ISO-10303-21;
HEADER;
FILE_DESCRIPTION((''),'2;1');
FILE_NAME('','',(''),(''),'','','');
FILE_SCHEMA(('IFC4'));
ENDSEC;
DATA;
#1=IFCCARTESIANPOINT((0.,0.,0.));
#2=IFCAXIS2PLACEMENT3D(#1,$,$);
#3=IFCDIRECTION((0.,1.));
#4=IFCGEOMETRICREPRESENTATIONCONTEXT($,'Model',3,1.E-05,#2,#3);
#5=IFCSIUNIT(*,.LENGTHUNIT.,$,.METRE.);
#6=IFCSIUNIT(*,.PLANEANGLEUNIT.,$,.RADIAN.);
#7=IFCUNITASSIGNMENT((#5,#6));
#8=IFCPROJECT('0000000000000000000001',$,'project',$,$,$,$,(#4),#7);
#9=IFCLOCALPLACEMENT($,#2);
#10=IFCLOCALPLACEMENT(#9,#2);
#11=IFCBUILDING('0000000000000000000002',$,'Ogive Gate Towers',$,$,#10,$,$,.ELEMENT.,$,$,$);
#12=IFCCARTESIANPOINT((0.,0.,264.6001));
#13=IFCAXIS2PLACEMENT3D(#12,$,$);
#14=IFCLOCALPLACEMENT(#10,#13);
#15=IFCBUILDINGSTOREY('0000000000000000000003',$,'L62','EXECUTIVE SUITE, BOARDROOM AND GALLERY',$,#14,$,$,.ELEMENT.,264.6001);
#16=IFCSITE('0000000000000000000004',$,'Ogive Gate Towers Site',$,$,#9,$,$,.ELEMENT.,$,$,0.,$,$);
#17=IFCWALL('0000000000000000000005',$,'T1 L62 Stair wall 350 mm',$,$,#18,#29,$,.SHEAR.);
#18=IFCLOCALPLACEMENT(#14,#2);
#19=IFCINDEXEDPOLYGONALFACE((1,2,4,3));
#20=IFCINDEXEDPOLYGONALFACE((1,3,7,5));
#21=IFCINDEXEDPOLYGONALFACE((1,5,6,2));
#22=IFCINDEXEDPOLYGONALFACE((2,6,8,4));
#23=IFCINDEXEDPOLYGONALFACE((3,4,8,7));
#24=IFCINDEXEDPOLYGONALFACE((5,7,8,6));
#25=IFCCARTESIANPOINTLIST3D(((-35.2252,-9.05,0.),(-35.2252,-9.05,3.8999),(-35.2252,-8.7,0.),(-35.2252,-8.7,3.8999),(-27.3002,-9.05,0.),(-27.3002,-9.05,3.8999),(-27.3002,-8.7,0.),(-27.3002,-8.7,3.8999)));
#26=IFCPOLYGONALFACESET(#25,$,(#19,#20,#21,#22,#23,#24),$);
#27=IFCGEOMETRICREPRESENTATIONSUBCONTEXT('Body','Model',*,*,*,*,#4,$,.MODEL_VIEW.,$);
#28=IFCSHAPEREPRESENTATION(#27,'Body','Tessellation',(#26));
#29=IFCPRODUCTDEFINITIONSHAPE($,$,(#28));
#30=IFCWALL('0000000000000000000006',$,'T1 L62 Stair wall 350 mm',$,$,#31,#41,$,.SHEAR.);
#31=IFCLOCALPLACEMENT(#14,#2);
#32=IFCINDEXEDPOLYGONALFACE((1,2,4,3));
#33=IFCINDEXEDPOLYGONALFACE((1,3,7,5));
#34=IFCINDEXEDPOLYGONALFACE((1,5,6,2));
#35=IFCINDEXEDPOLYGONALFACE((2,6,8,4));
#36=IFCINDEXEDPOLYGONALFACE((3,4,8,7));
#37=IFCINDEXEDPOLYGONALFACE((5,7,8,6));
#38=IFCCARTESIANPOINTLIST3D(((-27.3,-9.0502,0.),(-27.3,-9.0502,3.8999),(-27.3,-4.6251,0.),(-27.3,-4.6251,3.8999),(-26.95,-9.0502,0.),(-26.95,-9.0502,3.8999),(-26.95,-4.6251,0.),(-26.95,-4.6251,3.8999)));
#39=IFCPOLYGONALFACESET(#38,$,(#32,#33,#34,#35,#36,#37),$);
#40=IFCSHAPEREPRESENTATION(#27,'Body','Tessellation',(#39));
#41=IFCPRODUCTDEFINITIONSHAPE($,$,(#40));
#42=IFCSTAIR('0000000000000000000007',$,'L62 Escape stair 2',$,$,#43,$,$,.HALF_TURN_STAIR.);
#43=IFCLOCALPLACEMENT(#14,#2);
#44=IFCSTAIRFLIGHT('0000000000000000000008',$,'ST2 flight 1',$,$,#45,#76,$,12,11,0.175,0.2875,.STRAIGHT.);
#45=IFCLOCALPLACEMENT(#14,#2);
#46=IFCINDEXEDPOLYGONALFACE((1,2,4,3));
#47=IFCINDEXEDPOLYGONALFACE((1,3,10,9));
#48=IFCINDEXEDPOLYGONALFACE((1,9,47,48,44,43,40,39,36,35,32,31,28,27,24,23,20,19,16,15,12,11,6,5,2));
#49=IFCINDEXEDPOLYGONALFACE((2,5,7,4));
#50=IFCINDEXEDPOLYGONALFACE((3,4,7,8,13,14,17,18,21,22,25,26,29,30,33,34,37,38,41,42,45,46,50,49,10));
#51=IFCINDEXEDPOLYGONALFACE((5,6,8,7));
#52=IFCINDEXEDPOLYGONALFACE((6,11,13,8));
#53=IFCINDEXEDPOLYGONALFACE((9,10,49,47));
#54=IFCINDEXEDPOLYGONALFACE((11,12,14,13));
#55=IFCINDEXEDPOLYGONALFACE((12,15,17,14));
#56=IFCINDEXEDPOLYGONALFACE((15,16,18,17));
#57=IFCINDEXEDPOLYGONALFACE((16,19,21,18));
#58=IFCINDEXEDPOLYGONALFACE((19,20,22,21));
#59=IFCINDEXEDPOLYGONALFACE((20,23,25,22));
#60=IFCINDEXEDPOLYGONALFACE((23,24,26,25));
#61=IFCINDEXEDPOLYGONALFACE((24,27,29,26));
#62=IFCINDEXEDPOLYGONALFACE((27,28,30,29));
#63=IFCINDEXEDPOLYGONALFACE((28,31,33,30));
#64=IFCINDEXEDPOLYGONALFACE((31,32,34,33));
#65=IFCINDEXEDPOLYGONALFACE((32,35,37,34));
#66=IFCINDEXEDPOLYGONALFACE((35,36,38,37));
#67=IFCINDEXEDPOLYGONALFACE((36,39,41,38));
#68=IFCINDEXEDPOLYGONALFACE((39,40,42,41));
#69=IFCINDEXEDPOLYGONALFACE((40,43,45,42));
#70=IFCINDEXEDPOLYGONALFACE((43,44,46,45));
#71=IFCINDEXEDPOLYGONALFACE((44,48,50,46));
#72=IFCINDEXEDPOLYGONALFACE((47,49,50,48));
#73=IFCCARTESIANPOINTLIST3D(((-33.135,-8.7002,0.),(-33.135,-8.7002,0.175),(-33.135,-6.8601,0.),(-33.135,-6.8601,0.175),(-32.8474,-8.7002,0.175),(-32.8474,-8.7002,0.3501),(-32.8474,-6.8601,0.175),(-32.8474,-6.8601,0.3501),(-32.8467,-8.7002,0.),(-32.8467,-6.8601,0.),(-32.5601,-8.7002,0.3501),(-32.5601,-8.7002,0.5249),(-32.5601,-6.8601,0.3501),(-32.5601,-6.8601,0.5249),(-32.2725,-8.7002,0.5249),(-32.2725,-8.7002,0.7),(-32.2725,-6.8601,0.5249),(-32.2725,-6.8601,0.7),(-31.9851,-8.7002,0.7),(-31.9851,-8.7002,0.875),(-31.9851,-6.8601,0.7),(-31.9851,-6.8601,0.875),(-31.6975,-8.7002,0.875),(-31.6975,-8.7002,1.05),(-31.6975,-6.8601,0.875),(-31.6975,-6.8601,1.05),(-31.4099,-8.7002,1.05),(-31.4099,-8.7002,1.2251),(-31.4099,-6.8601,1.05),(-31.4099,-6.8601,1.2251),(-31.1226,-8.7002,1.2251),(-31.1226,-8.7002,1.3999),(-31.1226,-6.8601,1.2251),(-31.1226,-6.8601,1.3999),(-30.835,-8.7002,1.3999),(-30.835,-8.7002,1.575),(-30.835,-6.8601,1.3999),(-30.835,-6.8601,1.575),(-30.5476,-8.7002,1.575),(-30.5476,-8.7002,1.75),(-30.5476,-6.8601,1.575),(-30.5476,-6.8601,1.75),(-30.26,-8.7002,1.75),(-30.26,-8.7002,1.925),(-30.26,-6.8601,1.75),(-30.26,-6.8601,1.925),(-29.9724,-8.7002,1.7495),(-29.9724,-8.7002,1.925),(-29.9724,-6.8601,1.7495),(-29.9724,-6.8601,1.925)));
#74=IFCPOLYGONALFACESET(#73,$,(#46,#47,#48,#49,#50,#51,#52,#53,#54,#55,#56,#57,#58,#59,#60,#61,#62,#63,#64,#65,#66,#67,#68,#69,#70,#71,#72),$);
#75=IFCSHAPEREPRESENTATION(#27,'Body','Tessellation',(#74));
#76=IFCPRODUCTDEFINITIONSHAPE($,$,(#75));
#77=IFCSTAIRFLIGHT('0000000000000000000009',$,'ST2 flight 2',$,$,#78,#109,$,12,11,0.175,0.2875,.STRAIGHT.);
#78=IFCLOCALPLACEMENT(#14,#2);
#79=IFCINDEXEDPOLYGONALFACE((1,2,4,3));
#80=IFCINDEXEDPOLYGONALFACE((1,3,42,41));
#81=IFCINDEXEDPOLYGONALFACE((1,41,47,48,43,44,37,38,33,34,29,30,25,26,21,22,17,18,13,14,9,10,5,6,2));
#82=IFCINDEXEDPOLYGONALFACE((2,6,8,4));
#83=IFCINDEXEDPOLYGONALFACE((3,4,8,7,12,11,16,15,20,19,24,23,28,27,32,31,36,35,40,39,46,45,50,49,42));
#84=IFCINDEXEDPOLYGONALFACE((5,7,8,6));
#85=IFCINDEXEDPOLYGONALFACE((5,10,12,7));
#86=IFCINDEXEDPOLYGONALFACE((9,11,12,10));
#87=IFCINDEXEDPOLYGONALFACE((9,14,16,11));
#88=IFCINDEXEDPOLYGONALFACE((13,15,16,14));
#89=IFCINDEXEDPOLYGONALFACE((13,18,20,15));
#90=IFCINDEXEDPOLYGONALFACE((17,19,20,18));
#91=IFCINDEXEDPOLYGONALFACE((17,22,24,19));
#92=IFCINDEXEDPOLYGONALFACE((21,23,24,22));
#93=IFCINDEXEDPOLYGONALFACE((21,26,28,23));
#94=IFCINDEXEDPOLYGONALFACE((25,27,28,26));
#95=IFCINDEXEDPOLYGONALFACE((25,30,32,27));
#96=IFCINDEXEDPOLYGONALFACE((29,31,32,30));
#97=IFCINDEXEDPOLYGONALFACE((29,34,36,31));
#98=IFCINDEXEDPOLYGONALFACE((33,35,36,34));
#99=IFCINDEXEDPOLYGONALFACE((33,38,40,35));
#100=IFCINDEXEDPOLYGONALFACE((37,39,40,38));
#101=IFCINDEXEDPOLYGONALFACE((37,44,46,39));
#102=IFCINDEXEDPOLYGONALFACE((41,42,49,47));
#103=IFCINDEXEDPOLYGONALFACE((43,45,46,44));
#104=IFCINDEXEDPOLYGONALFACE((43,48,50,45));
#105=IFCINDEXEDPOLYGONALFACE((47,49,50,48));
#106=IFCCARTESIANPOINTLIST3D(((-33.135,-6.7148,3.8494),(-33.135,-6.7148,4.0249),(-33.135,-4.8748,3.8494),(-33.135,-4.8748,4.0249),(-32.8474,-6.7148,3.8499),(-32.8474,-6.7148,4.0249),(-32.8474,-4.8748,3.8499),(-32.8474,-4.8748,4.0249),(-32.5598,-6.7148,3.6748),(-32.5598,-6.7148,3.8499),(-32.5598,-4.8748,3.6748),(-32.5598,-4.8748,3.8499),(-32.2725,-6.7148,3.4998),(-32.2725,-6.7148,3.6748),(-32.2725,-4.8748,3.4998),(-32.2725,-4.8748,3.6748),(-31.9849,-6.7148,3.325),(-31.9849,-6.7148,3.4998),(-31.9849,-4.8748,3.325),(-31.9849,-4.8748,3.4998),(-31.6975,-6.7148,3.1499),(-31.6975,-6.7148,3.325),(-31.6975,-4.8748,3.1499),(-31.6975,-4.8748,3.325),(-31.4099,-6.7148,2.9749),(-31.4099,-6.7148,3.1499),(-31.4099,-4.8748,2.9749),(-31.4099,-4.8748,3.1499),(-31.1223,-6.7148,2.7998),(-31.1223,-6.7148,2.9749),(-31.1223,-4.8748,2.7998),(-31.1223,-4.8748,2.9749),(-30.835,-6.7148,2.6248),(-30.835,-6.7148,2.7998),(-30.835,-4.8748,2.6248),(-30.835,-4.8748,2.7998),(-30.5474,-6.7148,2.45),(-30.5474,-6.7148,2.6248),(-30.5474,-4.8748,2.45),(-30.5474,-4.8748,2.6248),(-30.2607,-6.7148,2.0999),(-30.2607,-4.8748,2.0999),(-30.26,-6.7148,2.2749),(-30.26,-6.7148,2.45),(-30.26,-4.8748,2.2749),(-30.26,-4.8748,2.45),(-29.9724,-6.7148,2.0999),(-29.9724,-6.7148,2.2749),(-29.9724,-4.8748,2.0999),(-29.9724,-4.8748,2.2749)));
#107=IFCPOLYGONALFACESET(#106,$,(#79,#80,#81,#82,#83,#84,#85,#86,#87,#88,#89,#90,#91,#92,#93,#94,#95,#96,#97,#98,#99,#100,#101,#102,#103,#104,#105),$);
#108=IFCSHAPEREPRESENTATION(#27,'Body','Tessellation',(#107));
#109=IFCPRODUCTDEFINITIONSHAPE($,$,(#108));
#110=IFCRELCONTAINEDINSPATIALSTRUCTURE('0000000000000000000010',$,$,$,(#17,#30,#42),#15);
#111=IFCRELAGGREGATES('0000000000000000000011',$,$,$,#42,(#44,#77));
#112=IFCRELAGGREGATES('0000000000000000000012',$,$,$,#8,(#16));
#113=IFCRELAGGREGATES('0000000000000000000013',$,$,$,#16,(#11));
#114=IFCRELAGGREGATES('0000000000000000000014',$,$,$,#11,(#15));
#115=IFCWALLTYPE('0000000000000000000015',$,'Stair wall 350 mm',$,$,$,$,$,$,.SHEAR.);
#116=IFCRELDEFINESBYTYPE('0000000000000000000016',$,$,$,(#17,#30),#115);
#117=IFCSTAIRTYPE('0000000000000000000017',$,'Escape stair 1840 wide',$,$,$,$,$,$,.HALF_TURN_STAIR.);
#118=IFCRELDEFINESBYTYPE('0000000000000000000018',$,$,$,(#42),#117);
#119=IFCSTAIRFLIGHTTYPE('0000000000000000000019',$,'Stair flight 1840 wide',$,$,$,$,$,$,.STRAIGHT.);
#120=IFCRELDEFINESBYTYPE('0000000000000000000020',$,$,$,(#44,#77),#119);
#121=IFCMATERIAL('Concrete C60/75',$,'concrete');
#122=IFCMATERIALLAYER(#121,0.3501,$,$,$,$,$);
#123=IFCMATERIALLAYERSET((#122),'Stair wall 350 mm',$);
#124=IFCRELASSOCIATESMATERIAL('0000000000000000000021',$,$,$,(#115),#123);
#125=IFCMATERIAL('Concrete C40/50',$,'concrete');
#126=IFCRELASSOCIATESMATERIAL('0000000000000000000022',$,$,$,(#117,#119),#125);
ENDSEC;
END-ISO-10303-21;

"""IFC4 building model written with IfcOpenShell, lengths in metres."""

from ifc_helpers import new_model, si_unit, direction, frame, frame_2d, origin, place, context, subcontext, project, spatial, polyline, rectangle, outline, extrude, material, layer, layer_set, type_object, element, aggregate, save


model = new_model("IFC4")

# Units and contexts
model_context = context("Model", 3, precision=1e-05, world=origin(), true_north=direction((0.0, 1.0)))
body_context = subcontext(model_context, "Body", "Model", "MODEL_VIEW")
ifc_project = project(units=[si_unit("LENGTHUNIT", "METRE"), si_unit("PLANEANGLEUNIT", "RADIAN")], contexts=[model_context])

# Site, building, storey
site_placement = place(None, origin())
site = spatial("IfcSite", under=ifc_project, at=site_placement, Name="Ogive Gate Towers Site", CompositionType="ELEMENT", RefElevation=0.0)
building_placement = place(site_placement, origin())
building = spatial("IfcBuilding", under=site, at=building_placement, Name="Ogive Gate Towers", CompositionType="ELEMENT")
storey_placement = place(building_placement, frame((0.0, 0.0, 264.6001)))
storey = spatial("IfcBuildingStorey", under=building, at=storey_placement, Name="L62", Description="EXECUTIVE SUITE, BOARDROOM AND GALLERY", CompositionType="ELEMENT", Elevation=264.6001)

# Shared definitions
ifc_material_1 = material(Name="Concrete C60/75", Category="concrete")

# Walls
ifc_layer_1 = layer(ifc_material_1, 0.3501)
ifc_layer_set_1 = layer_set([ifc_layer_1], Name="Stair wall 350 mm")
wall_type_1 = type_object("IfcWallType", Name="Stair wall 350 mm", PredefinedType="SHEAR", material=ifc_layer_set_1)
wall_1_placement = place(storey_placement, frame((-35.2251, -8.875, 0.0), z_axis=(0.0, 0.0, 1.0), x_axis=(1.0, 0.0, 0.0)))
element("IfcWall", 1, at=wall_1_placement, inside=storey, type_object=wall_type_1, Name="T1 L62 Stair wall 350 mm", PredefinedType="SHEAR", context=body_context, shape_type="SweptSolid", body=[
    extrude(rectangle(XDim=7.925, YDim=0.3501, at=frame_2d((3.9624, 0.0))), origin(), (0.0, 0.0, 1.0), 3.8999),
])
wall_2_placement = place(storey_placement, frame((-27.125, -9.05, 0.0), z_axis=(0.0, 0.0, 1.0), x_axis=(0.0, 1.0, 0.0)))
element("IfcWall", 2, at=wall_2_placement, inside=storey, type_object=wall_type_1, Name="T1 L62 Stair wall 350 mm", PredefinedType="SHEAR", context=body_context, shape_type="SweptSolid", body=[
    extrude(rectangle(XDim=4.425, YDim=0.3501, at=frame_2d((2.2124, 0.0))), origin(), (0.0, 0.0, 1.0), 3.8999),
])

# Stair, stair flights
ifc_material_2 = material(Name="Concrete C40/50", Category="concrete")
stair_type = type_object("IfcStairType", Name="Escape stair 1840 wide", PredefinedType="HALF_TURN_STAIR", material=ifc_material_2)
stair_placement = place(storey_placement, origin())
stair = element("IfcStair", 3, at=stair_placement, inside=storey, type_object=stair_type, Name="L62 Escape stair 2", PredefinedType="HALF_TURN_STAIR")
stair_flight_type = type_object("IfcStairFlightType", Name="Stair flight 1840 wide", PredefinedType="STRAIGHT", material=ifc_material_2)
stair_flight_1_placement = place(storey_placement, frame((-33.135, -7.78, 0.0), z_axis=(0.0, 0.0, 1.0), x_axis=(1.0, 0.0, 0.0)))
stair_flight_1 = element("IfcStairFlight", 4, at=stair_flight_1_placement, type_object=stair_flight_type, Name="ST2 flight 1", NumberOfRisers=12, NumberOfTreads=11, PredefinedType="STRAIGHT", RiserHeight=0.175, TreadLength=0.2875, context=body_context, shape_type="SweptSolid", body=[
    extrude(outline(polyline([(0.0, 0.0), (0.0, 0.175), (0.2876, 0.175), (0.2876, 0.3501), (0.575, 0.3501), (0.575, 0.5249), (0.8625, 0.5249), (0.8625, 0.7), (1.1499, 0.7), (1.1499, 0.875), (1.4375, 0.875), (1.4375, 1.05), (1.7251, 1.05), (1.7251, 1.2251), (2.0125, 1.2251), (2.0125, 1.3999), (2.3, 1.3999), (2.3, 1.575), (2.5874, 1.575), (2.5874, 1.75), (2.875, 1.75), (2.875, 1.925), (3.1626, 1.925), (3.1626, 2.1001), (3.1626, 1.7495), (0.2883, 0.0), (0.0, 0.0)])), frame((0.0, 0.9199, 0.0), z_axis=(0.0, -1.0, 0.0), x_axis=(1.0, 0.0, 0.0)), (0.0, 0.0, 1.0), 1.8401),
])
stair_flight_2_placement = place(storey_placement, frame((-29.9724, -5.7949, 2.0999), z_axis=(0.0, 0.0, 1.0), x_axis=(-1.0, 0.0, 0.0)))
stair_flight_2 = element("IfcStairFlight", 5, at=stair_flight_2_placement, type_object=stair_flight_type, Name="ST2 flight 2", NumberOfRisers=12, NumberOfTreads=11, PredefinedType="STRAIGHT", RiserHeight=0.175, TreadLength=0.2875, context=body_context, shape_type="SweptSolid", body=[
    extrude(outline(polyline([(0.0, 0.0), (0.0, 0.175), (0.2876, 0.175), (0.2876, 0.3501), (0.575, 0.3501), (0.575, 0.5249), (0.8625, 0.5249), (0.8625, 0.7), (1.1499, 0.7), (1.1499, 0.875), (1.4375, 0.875), (1.4375, 1.05), (1.7251, 1.05), (1.7251, 1.2251), (2.0125, 1.2251), (2.0125, 1.3999), (2.3, 1.3999), (2.3, 1.575), (2.5874, 1.575), (2.5874, 1.75), (2.875, 1.75), (2.875, 1.925), (3.1626, 1.925), (3.1626, 2.1001), (3.1626, 1.7495), (0.2883, 0.0), (0.0, 0.0)])), frame((0.0, 0.9199, 0.0), z_axis=(0.0, -1.0, 0.0), x_axis=(1.0, 0.0, 0.0)), (0.0, 0.0, 1.0), 1.8401),
])
aggregate(stair, [stair_flight_1, stair_flight_2])

save(model, "model.ifc")
